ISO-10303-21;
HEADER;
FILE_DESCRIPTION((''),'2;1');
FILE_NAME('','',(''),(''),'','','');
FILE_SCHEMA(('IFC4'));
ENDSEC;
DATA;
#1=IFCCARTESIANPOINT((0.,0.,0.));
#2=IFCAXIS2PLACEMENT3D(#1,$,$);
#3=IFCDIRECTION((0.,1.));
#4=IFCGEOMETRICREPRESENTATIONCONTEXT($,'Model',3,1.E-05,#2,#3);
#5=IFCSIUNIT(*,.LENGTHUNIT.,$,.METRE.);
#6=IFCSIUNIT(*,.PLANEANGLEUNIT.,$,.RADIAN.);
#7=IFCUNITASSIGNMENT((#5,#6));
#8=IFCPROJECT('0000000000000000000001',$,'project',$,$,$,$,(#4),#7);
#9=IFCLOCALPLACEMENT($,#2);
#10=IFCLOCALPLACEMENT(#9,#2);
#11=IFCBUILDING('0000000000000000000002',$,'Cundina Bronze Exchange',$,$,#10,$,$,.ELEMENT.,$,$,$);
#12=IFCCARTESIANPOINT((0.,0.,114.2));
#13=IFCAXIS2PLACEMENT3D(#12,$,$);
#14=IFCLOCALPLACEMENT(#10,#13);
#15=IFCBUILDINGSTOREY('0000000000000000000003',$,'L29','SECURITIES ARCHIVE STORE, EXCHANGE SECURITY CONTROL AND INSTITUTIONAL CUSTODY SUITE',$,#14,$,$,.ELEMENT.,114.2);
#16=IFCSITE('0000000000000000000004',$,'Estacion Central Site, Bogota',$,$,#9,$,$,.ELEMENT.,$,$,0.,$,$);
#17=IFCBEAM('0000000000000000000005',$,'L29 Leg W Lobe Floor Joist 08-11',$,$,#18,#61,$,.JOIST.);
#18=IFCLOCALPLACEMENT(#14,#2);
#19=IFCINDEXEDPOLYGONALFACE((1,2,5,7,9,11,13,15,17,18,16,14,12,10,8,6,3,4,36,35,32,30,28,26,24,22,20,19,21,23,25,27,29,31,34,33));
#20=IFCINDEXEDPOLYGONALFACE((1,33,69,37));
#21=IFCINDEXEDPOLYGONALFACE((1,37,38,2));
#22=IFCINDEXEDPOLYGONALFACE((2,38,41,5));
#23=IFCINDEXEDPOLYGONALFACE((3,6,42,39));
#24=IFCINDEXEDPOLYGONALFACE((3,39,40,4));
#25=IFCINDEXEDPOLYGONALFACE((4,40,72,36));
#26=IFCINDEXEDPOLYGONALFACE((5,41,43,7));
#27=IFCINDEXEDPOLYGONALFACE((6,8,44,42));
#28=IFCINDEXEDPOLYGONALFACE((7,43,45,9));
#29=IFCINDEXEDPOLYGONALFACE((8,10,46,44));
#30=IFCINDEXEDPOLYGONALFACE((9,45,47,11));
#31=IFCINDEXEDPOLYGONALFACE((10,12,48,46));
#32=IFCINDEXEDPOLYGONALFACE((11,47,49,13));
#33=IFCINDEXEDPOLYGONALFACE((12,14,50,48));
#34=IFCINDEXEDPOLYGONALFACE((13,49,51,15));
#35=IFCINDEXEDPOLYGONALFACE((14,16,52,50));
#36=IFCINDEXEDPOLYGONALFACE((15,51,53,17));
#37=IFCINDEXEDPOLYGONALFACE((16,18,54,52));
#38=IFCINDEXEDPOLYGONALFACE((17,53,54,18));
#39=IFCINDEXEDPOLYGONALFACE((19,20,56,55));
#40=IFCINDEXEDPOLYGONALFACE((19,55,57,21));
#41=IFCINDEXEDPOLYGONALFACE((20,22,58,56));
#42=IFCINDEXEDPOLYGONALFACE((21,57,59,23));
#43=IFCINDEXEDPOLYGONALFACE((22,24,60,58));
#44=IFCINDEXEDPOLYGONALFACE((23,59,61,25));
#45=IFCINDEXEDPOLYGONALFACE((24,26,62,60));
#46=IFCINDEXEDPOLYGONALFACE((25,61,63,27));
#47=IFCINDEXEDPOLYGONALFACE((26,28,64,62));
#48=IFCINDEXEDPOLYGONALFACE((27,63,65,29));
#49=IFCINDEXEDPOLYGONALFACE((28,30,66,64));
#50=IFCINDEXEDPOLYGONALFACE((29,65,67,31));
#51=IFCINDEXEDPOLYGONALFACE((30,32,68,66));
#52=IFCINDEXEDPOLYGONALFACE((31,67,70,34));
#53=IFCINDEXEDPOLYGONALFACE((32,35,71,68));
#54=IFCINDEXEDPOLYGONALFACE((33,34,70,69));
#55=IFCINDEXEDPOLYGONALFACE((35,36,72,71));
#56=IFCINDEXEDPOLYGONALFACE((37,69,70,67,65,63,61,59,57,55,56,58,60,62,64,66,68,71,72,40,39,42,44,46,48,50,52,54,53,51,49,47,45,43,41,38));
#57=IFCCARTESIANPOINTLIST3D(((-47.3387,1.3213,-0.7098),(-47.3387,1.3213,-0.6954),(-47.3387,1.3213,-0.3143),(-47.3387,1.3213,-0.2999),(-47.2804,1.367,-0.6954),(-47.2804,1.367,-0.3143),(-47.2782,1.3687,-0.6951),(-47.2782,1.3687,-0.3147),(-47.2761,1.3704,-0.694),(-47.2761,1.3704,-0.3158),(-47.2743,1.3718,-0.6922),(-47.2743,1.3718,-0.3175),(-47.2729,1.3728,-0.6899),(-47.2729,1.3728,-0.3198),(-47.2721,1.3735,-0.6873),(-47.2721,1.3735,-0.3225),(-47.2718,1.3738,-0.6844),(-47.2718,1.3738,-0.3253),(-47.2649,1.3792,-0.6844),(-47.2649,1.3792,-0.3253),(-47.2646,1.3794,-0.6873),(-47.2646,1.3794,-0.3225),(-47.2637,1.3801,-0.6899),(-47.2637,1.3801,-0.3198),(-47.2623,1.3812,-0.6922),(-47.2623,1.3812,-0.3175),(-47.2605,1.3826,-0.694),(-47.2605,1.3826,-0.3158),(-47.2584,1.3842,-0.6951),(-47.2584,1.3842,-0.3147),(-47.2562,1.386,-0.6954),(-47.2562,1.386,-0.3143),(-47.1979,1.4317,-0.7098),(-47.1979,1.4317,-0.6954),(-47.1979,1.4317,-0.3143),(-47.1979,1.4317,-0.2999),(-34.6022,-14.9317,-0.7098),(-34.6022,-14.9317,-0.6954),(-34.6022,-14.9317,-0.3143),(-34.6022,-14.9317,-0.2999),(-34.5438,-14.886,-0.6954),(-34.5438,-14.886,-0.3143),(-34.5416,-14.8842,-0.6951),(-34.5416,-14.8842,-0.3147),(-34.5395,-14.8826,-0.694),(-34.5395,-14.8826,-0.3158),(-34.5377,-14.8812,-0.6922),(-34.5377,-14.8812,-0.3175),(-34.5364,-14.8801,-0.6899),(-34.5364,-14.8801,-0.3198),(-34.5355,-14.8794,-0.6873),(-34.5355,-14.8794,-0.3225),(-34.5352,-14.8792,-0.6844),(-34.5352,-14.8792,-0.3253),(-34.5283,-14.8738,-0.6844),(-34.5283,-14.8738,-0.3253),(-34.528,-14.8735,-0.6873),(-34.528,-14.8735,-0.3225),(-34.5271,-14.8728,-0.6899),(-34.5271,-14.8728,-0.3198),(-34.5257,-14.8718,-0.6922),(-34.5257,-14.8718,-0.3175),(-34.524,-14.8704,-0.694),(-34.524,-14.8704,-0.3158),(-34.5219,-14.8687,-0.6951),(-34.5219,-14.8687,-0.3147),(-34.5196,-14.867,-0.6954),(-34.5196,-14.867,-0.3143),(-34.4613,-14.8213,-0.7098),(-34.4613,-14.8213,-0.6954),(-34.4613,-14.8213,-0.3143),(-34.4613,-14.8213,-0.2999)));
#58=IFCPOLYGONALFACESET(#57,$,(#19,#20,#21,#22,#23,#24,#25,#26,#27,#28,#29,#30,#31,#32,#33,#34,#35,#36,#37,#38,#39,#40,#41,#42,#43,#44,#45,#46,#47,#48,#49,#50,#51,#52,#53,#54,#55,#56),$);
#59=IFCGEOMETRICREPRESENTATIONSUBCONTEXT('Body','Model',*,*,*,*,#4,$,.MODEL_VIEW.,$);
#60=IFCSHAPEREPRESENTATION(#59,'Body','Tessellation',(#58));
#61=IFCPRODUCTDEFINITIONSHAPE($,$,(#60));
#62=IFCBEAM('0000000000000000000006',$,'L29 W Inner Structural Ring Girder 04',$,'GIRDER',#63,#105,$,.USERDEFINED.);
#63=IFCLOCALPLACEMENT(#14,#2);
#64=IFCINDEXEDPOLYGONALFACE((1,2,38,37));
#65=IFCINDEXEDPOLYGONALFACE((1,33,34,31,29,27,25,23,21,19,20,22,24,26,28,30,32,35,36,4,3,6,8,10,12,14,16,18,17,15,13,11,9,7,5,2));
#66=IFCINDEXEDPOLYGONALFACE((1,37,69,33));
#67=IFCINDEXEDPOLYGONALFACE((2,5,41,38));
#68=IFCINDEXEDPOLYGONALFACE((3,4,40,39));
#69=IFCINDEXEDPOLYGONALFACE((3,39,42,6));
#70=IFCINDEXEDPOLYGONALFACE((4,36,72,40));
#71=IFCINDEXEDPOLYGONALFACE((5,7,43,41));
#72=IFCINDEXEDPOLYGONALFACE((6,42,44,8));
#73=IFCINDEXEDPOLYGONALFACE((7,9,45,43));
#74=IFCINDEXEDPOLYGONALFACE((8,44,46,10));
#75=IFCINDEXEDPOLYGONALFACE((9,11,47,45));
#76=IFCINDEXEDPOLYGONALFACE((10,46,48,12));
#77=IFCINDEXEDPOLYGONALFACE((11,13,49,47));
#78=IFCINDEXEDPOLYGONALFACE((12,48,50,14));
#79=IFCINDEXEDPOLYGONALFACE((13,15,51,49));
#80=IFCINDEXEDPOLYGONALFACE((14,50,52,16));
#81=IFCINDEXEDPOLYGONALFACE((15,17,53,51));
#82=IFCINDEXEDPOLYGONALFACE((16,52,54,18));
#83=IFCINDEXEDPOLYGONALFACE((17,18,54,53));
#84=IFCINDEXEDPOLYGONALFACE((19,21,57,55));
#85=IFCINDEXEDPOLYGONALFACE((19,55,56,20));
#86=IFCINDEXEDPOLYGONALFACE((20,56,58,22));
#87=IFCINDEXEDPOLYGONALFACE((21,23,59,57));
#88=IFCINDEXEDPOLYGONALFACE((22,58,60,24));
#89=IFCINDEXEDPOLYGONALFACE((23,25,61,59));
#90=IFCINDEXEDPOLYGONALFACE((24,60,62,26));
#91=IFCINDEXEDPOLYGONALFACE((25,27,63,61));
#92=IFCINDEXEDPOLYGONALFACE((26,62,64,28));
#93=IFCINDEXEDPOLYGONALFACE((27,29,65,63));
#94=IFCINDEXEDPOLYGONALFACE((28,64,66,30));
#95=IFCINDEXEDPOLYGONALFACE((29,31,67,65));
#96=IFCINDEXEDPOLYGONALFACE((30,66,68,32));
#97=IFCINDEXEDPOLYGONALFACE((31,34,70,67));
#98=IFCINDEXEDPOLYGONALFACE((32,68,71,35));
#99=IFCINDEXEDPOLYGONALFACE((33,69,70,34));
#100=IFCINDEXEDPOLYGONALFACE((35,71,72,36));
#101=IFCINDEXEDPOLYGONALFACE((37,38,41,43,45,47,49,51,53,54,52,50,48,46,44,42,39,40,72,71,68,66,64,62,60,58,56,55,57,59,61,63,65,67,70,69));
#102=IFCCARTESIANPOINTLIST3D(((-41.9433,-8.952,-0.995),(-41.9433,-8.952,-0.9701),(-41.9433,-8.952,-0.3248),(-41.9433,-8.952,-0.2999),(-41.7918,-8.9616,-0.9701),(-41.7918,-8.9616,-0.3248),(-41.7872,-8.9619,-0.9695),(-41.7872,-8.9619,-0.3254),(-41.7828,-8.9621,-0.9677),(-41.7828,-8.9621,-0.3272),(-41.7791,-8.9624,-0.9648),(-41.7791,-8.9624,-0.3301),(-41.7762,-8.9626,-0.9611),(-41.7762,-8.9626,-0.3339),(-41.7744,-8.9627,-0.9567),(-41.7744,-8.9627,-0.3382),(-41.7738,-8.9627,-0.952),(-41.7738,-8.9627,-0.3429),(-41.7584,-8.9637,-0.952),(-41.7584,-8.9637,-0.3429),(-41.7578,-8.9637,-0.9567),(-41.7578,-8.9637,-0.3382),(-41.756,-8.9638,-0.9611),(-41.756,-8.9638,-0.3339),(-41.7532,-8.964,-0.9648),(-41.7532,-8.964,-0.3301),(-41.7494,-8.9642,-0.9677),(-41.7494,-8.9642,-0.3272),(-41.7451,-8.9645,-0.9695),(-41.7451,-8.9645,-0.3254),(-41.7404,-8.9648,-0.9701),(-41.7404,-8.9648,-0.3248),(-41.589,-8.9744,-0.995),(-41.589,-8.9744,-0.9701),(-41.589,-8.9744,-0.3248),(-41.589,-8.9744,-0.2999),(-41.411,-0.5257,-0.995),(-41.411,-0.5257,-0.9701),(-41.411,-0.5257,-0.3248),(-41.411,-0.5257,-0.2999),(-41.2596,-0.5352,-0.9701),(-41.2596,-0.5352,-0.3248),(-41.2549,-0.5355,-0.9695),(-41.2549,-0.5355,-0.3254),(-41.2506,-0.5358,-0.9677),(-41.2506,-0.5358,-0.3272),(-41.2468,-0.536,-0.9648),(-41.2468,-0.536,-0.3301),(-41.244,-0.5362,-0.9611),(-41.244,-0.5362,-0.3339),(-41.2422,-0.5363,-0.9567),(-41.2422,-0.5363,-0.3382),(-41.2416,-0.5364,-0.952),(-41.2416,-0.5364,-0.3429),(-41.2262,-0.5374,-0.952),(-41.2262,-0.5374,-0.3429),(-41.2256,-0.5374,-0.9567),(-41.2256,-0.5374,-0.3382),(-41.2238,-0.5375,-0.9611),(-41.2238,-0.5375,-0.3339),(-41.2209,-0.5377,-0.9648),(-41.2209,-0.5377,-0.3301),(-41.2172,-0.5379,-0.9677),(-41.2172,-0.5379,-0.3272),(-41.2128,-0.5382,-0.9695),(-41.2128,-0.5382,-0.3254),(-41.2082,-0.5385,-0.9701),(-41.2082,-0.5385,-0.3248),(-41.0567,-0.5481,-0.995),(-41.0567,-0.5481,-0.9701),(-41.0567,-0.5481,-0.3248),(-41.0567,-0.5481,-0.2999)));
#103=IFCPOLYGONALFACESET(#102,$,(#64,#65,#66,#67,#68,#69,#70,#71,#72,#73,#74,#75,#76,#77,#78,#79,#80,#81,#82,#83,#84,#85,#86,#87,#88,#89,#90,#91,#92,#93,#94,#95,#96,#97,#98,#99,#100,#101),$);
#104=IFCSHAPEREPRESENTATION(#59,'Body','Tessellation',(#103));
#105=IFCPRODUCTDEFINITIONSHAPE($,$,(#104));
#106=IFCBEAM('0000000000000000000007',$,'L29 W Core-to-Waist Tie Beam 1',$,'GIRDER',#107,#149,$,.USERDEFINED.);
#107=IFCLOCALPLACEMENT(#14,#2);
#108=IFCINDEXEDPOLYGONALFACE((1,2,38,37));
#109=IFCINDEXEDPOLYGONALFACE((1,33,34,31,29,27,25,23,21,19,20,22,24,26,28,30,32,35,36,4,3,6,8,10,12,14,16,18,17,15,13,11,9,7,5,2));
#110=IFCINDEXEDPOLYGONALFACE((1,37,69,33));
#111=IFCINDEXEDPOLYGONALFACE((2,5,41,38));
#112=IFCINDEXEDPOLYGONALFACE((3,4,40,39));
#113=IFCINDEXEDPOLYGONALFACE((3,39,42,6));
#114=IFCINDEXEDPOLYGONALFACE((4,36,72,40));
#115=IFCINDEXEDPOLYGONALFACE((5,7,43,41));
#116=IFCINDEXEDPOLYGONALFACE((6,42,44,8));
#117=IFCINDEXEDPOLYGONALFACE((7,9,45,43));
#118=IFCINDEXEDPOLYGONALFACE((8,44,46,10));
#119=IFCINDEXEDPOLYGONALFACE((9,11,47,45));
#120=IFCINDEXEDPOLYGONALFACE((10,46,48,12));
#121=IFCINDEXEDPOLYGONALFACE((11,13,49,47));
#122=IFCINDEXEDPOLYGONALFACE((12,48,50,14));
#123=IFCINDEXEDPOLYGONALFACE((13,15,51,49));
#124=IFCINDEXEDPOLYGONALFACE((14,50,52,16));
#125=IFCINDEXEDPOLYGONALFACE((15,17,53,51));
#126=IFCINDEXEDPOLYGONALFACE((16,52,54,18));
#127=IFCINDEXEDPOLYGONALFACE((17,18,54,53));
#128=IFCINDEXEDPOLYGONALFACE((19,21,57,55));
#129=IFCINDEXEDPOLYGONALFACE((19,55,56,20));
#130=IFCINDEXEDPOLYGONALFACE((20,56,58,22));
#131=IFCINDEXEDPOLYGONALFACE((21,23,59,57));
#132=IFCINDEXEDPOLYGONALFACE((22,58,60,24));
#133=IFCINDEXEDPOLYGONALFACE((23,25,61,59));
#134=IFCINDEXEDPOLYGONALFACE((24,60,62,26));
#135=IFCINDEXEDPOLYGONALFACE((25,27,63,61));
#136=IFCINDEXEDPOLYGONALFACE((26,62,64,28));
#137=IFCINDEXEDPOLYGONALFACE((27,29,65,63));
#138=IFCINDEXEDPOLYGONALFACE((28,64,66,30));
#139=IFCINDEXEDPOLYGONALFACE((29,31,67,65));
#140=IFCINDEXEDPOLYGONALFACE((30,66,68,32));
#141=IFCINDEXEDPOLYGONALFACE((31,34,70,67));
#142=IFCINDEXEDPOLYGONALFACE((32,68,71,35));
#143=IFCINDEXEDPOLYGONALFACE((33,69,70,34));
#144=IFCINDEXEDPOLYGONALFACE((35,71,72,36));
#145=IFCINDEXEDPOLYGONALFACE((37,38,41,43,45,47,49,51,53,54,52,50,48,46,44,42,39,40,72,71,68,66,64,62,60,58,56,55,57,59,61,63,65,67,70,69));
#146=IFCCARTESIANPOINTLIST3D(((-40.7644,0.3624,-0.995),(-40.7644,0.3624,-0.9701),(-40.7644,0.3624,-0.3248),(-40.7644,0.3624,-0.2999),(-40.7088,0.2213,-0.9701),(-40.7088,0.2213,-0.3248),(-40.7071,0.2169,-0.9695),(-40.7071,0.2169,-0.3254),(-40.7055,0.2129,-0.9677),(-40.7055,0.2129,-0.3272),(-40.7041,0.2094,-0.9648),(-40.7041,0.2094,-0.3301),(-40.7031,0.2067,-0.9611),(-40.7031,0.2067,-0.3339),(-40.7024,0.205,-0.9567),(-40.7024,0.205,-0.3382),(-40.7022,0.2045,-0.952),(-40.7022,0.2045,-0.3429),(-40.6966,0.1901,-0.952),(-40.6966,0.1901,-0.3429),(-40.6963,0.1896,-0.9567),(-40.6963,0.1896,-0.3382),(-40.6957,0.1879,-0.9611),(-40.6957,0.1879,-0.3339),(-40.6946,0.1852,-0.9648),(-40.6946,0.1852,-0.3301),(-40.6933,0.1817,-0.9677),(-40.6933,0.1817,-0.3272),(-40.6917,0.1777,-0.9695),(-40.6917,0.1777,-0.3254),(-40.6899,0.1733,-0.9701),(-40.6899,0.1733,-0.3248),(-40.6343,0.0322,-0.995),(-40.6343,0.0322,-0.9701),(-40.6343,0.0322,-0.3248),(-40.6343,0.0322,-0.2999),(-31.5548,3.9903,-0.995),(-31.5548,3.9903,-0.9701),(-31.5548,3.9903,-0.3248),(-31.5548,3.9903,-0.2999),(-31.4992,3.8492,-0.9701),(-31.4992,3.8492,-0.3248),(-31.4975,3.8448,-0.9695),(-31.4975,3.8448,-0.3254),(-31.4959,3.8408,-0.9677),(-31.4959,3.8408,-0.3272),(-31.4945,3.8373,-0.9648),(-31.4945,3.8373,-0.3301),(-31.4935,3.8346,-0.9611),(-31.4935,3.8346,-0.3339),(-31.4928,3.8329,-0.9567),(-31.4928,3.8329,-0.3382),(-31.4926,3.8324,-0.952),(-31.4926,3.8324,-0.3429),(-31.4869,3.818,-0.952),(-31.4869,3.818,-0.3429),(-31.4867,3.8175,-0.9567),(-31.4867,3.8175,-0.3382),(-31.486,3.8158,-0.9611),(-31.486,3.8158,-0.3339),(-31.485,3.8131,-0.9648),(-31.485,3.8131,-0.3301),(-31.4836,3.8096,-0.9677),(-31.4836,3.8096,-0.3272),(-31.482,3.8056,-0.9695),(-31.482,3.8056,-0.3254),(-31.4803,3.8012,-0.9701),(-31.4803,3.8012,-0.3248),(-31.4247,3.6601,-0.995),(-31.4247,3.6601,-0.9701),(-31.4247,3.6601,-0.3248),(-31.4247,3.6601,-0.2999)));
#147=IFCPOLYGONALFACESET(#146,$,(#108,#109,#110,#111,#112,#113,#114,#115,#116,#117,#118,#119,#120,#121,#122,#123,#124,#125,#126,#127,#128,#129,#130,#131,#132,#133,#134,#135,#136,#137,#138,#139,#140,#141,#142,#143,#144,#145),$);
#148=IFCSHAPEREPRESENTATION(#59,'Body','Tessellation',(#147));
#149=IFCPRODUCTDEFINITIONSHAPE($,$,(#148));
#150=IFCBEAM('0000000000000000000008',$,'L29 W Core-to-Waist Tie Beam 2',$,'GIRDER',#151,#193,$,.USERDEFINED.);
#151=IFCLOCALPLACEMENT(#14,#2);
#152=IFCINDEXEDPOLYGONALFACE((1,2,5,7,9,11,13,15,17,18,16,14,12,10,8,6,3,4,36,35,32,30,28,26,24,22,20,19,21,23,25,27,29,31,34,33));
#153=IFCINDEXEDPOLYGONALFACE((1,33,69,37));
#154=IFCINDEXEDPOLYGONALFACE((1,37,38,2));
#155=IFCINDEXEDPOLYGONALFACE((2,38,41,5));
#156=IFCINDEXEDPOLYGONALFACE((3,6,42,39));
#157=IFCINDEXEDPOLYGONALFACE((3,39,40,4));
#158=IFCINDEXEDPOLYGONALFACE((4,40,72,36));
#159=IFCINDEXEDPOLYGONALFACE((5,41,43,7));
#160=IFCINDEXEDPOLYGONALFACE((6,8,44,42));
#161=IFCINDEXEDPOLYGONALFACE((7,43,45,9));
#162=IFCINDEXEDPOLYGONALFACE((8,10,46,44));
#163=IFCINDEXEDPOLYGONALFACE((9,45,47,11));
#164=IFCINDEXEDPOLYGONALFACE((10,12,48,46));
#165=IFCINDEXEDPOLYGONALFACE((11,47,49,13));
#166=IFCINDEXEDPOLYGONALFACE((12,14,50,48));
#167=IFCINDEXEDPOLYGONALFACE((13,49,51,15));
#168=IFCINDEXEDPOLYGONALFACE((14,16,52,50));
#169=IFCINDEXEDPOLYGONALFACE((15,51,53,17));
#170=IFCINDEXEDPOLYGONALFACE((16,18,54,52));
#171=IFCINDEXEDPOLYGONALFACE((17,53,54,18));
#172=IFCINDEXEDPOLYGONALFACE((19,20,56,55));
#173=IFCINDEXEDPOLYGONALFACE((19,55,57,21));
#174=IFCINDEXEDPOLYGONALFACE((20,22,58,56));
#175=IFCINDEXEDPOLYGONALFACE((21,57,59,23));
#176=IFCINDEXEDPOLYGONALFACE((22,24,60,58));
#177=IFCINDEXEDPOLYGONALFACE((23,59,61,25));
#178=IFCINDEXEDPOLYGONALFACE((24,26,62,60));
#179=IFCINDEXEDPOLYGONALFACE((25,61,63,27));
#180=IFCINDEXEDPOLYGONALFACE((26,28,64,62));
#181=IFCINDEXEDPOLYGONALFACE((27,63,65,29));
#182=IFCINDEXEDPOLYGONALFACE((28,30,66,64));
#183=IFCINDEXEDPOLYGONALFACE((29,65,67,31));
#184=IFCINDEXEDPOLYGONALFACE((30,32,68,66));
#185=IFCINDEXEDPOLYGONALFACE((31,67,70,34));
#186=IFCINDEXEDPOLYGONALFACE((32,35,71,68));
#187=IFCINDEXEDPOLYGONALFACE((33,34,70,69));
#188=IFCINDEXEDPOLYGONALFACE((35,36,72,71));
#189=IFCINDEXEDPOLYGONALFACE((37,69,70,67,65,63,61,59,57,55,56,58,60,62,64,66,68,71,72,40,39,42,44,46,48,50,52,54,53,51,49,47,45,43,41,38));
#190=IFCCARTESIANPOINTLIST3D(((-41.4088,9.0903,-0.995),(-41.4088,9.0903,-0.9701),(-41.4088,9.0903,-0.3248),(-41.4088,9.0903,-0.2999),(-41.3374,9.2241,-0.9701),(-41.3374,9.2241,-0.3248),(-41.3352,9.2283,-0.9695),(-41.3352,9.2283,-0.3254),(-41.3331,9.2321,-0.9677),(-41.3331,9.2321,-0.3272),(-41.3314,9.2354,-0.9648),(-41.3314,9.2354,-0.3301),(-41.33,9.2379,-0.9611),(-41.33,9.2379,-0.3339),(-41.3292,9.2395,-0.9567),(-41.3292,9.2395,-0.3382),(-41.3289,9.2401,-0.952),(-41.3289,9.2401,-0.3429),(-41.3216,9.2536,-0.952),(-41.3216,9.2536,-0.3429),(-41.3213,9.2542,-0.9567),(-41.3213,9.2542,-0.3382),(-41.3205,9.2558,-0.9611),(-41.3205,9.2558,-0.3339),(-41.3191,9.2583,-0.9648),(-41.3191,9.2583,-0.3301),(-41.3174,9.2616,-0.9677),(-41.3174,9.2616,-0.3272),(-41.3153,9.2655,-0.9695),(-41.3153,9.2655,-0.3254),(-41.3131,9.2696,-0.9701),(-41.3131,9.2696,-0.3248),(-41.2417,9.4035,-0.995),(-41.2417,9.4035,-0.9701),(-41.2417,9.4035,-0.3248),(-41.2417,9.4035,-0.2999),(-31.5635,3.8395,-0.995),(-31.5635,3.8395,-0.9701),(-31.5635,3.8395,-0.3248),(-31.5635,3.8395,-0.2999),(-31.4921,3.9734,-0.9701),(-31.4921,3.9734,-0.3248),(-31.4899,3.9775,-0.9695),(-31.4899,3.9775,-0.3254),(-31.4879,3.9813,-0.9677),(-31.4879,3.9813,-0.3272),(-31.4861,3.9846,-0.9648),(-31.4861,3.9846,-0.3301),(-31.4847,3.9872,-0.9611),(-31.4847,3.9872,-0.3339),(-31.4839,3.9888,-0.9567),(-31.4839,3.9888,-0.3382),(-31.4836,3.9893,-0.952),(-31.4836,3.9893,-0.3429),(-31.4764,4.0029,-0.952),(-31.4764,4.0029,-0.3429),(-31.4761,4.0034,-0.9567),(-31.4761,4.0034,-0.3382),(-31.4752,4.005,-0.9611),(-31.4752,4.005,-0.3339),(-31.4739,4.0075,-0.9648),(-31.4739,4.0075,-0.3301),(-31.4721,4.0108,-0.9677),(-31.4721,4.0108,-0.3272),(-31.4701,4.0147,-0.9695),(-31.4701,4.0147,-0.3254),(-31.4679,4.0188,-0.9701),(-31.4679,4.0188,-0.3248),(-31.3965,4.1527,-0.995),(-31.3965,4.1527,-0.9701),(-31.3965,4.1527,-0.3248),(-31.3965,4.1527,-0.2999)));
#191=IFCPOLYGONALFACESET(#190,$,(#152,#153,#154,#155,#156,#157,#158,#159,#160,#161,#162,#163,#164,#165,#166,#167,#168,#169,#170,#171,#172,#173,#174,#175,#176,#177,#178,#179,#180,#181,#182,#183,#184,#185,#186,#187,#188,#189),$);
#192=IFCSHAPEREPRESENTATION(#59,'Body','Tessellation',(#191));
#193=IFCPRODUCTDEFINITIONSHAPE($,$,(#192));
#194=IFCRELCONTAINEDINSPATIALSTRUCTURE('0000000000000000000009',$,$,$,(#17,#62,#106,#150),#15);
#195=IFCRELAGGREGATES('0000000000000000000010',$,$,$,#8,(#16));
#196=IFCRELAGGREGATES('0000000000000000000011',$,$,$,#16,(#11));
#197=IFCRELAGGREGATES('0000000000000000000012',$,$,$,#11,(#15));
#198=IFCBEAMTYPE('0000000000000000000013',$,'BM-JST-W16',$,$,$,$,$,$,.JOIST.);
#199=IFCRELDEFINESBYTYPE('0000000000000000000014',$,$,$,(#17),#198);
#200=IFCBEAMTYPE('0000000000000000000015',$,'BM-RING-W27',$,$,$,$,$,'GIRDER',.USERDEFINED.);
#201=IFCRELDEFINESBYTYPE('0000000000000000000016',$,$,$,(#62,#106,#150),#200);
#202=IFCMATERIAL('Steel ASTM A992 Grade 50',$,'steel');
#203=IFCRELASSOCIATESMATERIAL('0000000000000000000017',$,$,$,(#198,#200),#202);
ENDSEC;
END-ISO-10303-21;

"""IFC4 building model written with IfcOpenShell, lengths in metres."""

from ifc_helpers import new_model, si_unit, direction, frame, origin, origin_2d, place, context, subcontext, project, spatial, i_section, extrude, material, material_profile, profile_set, type_object, element, save


model = new_model("IFC4")

# Units and contexts
model_context = context("Model", 3, precision=1e-05, world=origin(), true_north=direction((0.0, 1.0)))
body_context = subcontext(model_context, "Body", "Model", "MODEL_VIEW")
ifc_project = project(units=[si_unit("LENGTHUNIT", "METRE"), si_unit("PLANEANGLEUNIT", "RADIAN")], contexts=[model_context])

# Site, building, storey
site_placement = place(None, origin())
site = spatial("IfcSite", under=ifc_project, at=site_placement, Name="Estacion Central Site, Bogota", CompositionType="ELEMENT", RefElevation=0.0)
building_placement = place(site_placement, origin())
building = spatial("IfcBuilding", under=site, at=building_placement, Name="Cundina Bronze Exchange", CompositionType="ELEMENT")
storey_placement = place(building_placement, frame((0.0, 0.0, 114.2)))
storey = spatial("IfcBuildingStorey", under=building, at=storey_placement, Name="L29", Description="SECURITIES ARCHIVE STORE, EXCHANGE SECURITY CONTROL AND INSTITUTIONAL CUSTODY SUITE", CompositionType="ELEMENT", Elevation=114.2)

# Shared definitions
ifc_material_1 = material(Name="Steel ASTM A992 Grade 50", Category="steel")

# Beams
ifc_material_profile_1 = material_profile(ifc_material_1, i_section(OverallWidth=0.179, OverallDepth=0.4099, WebThickness=0.0088, FlangeThickness=0.0144, FilletRadius=0.011, at=origin_2d()), Name="W16X45", Category="steel")
ifc_profile_set_1 = profile_set([ifc_material_profile_1], Name="Steel ASTM A992 Grade 50")
beam_type_1 = type_object("IfcBeamType", Name="BM-JST-W16", PredefinedType="JOIST", material=ifc_profile_set_1)
beam_1_placement = place(storey_placement, frame((-47.2683, 1.3765, -0.5049), z_axis=(0.616815, -0.787108, 0.0), x_axis=(0.787108, 0.616815, 0.0)))
element("IfcBeam", 1, at=beam_1_placement, inside=storey, type_object=beam_type_1, Name="L29 Leg W Lobe Floor Joist 08-11", PredefinedType="JOIST", context=body_context, shape_type="SweptSolid", body=[
    extrude(i_section(OverallWidth=0.179, OverallDepth=0.4099, WebThickness=0.0088, FlangeThickness=0.0144, FilletRadius=0.011, at=origin_2d()), origin(), (0.0, 0.0, 1.0), 20.6489),
])
ifc_material_profile_2 = material_profile(ifc_material_1, i_section(OverallWidth=0.355, OverallDepth=0.6951, WebThickness=0.0154, FlangeThickness=0.0249, FilletRadius=0.0181, at=origin_2d()), Name="W27X146", Category="steel")
ifc_profile_set_2 = profile_set([ifc_material_profile_2], Name="Steel ASTM A992 Grade 50")
beam_type_2 = type_object("IfcBeamType", Name="BM-RING-W27", ElementType="GIRDER", PredefinedType="USERDEFINED", material=ifc_profile_set_2)
beam_2_placement = place(storey_placement, frame((-41.2339, -0.5369, -0.6475), z_axis=(-0.063037, -0.998011, 0.0), x_axis=(0.998011, -0.063037, 0.0)))
element("IfcBeam", 2, at=beam_2_placement, inside=storey, type_object=beam_type_2, Name="L29 W Inner Structural Ring Girder 04", ObjectType="GIRDER", PredefinedType="USERDEFINED", context=body_context, shape_type="SweptSolid", body=[
    extrude(i_section(OverallWidth=0.355, OverallDepth=0.6951, WebThickness=0.0154, FlangeThickness=0.0249, FilletRadius=0.0181, at=origin_2d()), origin(), (0.0, 0.0, 1.0), 8.4431),
])
beam_3_placement = place(storey_placement, frame((-31.4897, 3.8252, -0.6475), z_axis=(-0.930413, -0.366512, 0.0), x_axis=(0.366512, -0.930413, 0.0)))
element("IfcBeam", 3, at=beam_3_placement, inside=storey, type_object=beam_type_2, Name="L29 W Core-to-Waist Tie Beam 1", ObjectType="GIRDER", PredefinedType="USERDEFINED", context=body_context, shape_type="SweptSolid", body=[
    extrude(i_section(OverallWidth=0.355, OverallDepth=0.6951, WebThickness=0.0154, FlangeThickness=0.0249, FilletRadius=0.0181, at=origin_2d()), origin(), (0.0, 0.0, 1.0), 9.8984),
])
beam_4_placement = place(storey_placement, frame((-31.48, 3.9961, -0.6475), z_axis=(-0.882355, 0.470585, 0.0), x_axis=(-0.470585, -0.882355, 0.0)))
element("IfcBeam", 4, at=beam_4_placement, inside=storey, type_object=beam_type_2, Name="L29 W Core-to-Waist Tie Beam 2", ObjectType="GIRDER", PredefinedType="USERDEFINED", context=body_context, shape_type="SweptSolid", body=[
    extrude(i_section(OverallWidth=0.355, OverallDepth=0.6951, WebThickness=0.0154, FlangeThickness=0.0249, FilletRadius=0.0181, at=origin_2d()), origin(), (0.0, 0.0, 1.0), 11.158),
])

save(model, "model.ifc")
